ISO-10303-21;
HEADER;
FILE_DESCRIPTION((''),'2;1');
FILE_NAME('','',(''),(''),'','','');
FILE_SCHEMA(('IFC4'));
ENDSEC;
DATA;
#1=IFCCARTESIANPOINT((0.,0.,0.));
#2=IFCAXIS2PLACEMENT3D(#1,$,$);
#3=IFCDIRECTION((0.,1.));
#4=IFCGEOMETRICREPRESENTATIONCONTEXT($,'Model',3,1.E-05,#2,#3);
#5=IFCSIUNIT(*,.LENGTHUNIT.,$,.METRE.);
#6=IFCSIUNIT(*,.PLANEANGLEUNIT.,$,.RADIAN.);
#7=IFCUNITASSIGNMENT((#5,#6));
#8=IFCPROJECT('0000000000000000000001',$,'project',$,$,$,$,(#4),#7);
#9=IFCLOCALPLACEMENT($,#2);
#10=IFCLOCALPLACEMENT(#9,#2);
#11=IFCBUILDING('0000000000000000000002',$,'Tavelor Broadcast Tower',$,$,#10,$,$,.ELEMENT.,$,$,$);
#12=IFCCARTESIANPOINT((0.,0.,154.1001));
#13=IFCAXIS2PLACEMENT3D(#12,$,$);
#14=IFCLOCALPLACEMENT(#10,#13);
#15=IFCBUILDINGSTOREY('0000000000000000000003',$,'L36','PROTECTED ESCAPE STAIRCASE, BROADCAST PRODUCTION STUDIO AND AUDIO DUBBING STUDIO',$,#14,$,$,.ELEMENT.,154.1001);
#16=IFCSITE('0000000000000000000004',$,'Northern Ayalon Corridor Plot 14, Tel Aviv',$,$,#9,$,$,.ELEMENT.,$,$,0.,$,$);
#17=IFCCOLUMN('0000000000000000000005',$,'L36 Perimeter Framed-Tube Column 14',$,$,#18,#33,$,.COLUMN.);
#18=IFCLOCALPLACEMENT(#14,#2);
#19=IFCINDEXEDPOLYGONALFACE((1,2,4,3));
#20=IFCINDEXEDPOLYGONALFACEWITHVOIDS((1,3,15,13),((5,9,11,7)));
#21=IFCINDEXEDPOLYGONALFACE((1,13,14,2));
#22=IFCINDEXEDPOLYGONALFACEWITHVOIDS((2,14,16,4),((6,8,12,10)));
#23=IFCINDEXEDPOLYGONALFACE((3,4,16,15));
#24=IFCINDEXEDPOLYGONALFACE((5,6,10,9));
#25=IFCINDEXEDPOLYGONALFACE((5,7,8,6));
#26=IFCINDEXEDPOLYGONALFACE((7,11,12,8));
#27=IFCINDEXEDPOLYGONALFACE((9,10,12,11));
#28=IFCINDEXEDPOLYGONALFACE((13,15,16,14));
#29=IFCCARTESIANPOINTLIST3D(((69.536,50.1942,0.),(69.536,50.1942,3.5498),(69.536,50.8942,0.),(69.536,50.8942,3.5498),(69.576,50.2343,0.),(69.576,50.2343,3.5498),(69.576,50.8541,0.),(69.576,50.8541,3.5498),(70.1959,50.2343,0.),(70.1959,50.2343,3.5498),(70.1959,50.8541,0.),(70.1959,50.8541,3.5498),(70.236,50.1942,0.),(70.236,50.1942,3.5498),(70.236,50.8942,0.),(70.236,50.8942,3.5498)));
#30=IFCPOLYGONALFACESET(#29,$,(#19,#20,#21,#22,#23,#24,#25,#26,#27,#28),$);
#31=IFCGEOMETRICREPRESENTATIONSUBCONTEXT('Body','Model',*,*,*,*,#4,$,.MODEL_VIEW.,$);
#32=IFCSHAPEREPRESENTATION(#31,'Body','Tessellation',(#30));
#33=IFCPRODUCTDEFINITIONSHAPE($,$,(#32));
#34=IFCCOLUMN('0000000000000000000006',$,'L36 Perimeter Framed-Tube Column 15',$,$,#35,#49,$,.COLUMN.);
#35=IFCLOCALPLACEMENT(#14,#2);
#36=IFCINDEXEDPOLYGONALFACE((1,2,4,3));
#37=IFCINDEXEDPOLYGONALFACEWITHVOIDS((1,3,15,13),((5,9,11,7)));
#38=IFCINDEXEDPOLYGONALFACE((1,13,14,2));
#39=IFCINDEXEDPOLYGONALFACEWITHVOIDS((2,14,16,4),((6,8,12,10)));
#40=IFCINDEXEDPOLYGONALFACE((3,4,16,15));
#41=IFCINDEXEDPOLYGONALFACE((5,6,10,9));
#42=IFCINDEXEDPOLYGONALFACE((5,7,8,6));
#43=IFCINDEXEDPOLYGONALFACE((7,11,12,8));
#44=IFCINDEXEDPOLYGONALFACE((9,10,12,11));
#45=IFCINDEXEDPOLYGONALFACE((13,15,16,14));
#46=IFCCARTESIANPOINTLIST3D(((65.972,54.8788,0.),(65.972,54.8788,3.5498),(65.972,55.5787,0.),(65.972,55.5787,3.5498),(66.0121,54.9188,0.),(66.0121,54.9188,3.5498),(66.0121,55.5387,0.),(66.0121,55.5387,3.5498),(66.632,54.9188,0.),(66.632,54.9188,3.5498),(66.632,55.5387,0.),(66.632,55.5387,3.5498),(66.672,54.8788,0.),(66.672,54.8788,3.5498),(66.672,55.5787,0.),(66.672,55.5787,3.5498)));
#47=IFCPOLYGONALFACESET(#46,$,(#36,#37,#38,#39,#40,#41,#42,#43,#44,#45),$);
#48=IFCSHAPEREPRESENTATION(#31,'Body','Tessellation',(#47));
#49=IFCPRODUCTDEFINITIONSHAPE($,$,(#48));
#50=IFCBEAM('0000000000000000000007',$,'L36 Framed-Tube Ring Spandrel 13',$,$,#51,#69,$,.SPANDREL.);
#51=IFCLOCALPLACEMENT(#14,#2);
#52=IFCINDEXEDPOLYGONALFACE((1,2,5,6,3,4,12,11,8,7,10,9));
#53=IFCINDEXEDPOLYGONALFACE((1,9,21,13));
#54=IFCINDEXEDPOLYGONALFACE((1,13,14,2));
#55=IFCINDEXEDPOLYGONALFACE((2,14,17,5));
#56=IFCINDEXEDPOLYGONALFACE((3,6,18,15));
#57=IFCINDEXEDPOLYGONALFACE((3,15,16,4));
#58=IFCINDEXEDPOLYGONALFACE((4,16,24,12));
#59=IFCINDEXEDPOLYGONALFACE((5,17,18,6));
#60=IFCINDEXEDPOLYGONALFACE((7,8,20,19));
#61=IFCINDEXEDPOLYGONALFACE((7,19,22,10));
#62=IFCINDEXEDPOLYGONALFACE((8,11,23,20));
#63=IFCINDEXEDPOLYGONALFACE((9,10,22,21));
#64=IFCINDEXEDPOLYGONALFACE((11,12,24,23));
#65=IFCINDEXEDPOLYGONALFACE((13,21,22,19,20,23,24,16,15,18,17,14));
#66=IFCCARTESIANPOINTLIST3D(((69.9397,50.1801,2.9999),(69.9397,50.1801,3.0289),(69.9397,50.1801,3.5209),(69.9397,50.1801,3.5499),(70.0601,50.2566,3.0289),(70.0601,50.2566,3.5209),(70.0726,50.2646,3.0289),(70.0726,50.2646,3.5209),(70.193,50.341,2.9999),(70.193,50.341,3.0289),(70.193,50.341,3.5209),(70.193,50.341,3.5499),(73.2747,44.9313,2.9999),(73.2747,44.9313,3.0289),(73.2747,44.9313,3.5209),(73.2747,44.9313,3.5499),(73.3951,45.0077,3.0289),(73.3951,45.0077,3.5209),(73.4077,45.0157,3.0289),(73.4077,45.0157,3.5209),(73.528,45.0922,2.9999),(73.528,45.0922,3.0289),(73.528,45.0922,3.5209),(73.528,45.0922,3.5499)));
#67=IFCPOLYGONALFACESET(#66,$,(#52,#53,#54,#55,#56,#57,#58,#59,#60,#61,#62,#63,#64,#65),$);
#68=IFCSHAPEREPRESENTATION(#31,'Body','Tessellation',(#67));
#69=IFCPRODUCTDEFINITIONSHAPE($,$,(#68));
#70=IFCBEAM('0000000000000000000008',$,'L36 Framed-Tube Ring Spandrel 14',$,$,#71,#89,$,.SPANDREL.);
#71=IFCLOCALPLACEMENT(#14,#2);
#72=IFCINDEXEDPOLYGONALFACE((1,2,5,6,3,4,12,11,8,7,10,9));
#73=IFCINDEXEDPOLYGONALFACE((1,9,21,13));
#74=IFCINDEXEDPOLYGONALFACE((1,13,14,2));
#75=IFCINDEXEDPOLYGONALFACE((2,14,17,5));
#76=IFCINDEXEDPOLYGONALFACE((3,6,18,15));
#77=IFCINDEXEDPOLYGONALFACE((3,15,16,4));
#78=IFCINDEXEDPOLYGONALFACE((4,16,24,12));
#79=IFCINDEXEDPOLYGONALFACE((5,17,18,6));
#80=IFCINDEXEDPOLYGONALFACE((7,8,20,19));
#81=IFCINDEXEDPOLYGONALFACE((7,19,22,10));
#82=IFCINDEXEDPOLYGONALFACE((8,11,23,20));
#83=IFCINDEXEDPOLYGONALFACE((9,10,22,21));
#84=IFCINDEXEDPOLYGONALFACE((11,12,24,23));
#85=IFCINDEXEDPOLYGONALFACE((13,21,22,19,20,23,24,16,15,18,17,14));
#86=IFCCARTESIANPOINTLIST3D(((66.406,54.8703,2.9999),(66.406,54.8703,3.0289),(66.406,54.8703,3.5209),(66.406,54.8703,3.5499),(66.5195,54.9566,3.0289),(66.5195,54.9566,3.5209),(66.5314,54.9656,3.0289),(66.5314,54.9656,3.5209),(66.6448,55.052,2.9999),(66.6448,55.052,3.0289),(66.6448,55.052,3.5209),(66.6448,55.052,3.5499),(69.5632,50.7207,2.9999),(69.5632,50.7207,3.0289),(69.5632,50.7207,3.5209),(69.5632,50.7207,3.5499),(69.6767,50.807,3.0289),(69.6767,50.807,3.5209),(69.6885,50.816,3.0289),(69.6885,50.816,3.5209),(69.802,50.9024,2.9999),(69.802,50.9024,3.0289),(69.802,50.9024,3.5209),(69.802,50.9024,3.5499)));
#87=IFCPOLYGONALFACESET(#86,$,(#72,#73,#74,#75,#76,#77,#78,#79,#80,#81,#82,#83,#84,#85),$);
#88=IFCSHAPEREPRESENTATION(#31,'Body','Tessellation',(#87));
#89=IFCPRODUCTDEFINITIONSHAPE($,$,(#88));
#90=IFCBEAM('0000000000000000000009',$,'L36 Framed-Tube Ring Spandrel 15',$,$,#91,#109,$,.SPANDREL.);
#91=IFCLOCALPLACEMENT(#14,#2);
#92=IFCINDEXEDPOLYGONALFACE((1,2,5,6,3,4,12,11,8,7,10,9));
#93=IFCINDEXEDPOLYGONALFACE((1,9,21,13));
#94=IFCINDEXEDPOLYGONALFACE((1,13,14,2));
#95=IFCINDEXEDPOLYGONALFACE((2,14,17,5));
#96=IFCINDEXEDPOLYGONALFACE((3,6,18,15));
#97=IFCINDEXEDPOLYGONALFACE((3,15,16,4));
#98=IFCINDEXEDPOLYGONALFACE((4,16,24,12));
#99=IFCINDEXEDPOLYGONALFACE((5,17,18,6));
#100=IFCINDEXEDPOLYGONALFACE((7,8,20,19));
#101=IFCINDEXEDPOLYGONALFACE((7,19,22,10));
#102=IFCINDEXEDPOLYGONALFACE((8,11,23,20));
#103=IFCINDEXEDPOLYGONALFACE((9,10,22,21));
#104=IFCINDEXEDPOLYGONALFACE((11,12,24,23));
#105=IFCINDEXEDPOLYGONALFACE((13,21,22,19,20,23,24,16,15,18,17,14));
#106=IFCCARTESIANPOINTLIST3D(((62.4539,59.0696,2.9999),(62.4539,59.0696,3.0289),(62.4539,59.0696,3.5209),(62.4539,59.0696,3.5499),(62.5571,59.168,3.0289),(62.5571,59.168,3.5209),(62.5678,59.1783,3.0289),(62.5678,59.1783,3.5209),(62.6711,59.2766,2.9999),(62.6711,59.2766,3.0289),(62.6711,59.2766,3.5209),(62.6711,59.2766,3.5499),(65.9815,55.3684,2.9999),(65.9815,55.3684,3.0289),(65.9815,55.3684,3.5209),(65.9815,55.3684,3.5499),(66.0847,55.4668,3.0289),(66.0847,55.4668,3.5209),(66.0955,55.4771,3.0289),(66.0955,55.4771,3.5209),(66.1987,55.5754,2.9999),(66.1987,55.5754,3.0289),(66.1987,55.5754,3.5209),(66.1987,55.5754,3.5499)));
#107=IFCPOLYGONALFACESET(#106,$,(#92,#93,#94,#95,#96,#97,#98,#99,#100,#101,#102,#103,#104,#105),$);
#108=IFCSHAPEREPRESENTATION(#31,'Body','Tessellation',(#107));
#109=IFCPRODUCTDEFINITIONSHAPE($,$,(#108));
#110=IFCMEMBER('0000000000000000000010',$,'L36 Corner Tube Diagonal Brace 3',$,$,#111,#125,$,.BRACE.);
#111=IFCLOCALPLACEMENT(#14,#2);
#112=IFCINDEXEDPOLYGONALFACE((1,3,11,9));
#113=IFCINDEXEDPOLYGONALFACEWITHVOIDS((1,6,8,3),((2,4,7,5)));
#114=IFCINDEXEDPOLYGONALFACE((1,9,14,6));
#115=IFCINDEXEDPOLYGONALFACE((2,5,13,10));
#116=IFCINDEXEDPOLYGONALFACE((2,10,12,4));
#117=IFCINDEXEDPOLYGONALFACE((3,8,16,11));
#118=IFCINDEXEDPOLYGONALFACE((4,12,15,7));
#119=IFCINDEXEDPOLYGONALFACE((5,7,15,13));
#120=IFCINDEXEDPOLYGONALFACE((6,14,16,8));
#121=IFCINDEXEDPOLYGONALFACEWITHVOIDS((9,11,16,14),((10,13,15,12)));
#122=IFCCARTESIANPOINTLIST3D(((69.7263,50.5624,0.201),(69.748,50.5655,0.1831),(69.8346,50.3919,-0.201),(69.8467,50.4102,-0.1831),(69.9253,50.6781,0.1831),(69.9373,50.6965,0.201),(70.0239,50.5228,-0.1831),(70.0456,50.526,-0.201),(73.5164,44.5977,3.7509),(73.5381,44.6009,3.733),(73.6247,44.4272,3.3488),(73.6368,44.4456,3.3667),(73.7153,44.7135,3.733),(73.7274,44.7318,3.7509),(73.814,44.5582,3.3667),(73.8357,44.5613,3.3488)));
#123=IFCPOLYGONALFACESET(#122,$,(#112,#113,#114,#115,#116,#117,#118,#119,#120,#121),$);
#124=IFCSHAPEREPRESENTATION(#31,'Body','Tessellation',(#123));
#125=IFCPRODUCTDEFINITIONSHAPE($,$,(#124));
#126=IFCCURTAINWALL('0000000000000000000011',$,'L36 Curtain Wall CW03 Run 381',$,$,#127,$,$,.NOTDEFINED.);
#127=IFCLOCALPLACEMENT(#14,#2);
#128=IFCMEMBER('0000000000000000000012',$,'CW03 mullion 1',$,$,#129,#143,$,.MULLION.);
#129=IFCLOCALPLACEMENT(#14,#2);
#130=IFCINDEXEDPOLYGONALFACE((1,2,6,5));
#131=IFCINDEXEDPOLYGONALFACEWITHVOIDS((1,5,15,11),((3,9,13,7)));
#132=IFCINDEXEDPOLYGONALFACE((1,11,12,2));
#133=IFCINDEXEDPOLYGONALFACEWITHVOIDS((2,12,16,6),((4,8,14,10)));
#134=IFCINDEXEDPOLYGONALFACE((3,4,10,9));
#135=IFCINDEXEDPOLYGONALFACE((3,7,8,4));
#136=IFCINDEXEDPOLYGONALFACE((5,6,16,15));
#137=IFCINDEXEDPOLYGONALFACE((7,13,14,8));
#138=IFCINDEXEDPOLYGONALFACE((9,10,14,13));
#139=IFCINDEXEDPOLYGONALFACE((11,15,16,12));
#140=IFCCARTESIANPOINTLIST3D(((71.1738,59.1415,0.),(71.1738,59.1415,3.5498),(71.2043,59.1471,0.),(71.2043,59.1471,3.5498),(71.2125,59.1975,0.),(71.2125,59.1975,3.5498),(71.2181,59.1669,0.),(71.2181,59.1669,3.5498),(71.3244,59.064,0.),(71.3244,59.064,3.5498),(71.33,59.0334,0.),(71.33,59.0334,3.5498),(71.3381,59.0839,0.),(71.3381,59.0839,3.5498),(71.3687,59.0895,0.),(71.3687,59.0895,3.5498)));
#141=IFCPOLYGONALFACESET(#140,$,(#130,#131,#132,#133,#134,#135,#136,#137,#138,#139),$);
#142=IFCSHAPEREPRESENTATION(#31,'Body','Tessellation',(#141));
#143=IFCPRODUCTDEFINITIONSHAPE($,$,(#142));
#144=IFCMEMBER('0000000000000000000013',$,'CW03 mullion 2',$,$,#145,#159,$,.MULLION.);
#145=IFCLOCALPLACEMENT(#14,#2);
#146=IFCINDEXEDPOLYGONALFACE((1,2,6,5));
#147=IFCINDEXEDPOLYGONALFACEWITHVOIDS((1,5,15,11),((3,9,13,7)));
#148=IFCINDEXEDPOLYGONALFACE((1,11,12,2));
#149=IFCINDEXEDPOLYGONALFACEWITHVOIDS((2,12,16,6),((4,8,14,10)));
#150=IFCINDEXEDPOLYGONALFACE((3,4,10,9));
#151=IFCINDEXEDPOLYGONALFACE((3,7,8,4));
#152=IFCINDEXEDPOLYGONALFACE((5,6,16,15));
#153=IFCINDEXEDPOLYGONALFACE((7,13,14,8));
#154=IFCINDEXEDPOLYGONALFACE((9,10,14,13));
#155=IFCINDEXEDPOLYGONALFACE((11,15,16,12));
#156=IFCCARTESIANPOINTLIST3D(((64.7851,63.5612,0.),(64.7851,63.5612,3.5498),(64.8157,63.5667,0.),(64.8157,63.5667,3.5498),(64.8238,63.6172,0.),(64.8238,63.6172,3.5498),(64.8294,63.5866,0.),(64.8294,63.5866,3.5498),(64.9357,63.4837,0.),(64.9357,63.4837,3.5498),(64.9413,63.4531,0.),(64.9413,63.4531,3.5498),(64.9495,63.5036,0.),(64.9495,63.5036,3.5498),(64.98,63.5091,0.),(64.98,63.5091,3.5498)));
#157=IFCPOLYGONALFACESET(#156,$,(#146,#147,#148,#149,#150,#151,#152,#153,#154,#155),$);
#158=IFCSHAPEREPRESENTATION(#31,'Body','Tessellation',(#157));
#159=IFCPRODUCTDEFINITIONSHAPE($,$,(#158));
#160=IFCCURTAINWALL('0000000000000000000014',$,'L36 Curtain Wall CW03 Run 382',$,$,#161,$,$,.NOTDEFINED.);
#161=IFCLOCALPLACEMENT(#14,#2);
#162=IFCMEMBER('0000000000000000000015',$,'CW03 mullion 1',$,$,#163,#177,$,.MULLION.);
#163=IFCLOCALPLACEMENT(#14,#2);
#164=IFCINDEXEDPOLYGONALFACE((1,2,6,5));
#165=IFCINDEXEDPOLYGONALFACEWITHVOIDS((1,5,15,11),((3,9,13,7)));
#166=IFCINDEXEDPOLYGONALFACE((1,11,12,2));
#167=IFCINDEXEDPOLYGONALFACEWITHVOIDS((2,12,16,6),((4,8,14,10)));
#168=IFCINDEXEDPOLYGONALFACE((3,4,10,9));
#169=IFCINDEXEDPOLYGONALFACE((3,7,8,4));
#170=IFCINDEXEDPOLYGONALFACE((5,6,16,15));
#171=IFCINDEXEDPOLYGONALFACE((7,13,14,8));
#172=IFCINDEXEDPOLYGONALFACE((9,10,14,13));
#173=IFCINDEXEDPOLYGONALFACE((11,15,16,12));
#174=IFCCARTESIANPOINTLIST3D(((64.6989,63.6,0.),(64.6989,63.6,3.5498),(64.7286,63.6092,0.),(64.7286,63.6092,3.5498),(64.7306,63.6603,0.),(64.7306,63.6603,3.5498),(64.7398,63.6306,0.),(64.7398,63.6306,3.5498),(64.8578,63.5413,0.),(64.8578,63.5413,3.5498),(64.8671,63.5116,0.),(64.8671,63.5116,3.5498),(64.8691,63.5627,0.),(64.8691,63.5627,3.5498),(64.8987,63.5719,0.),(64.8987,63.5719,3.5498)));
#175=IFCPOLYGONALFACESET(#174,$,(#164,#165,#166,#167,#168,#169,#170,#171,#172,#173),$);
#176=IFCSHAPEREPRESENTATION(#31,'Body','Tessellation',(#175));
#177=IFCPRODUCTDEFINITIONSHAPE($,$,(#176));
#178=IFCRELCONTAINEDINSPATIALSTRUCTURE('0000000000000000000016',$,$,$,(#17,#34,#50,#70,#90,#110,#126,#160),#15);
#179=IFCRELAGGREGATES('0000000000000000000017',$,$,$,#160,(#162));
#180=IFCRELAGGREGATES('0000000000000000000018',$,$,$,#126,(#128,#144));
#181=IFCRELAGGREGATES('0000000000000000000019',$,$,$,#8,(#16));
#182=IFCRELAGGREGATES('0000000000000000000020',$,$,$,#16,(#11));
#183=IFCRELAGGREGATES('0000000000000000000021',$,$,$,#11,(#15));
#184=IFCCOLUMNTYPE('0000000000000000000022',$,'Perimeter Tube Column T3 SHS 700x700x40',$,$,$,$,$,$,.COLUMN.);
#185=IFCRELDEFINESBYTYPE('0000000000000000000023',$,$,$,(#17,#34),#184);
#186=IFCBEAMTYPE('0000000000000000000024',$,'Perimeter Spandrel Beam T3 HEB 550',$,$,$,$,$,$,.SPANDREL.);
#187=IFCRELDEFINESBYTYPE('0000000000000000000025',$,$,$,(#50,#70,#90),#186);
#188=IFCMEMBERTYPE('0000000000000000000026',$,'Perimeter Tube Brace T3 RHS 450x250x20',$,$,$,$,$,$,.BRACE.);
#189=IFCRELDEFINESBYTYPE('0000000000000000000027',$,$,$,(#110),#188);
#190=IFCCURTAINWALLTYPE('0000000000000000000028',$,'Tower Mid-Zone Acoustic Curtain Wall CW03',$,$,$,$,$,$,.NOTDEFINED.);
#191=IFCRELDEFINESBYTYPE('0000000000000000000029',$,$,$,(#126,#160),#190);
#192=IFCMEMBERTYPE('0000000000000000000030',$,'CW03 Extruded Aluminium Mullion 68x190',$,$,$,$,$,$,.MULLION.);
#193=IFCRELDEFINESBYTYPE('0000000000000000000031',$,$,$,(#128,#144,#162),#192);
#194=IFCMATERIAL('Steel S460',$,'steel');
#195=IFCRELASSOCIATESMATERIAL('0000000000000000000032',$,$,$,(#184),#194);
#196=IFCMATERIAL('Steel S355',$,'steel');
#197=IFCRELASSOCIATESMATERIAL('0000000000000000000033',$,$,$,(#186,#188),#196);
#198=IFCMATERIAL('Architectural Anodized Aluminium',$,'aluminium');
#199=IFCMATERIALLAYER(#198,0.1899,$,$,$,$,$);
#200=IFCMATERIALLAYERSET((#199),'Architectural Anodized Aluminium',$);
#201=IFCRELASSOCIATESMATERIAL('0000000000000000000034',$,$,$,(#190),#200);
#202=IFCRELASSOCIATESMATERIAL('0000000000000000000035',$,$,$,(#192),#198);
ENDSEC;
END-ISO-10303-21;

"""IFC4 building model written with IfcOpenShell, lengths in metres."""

from ifc_helpers import new_model, si_unit, direction, frame, origin, origin_2d, place, context, subcontext, project, spatial, hollow_rectangle, i_section, extrude, source, transform, mapped, material, layer, layer_set, material_profile, profile_set, type_object, type_shapes, element, aggregate, save


model = new_model("IFC4")

# Units and contexts
model_context = context("Model", 3, precision=1e-05, world=origin(), true_north=direction((0.0, 1.0)))
body_context = subcontext(model_context, "Body", "Model", "MODEL_VIEW")
ifc_project = project(units=[si_unit("LENGTHUNIT", "METRE"), si_unit("PLANEANGLEUNIT", "RADIAN")], contexts=[model_context])

# Site, building, storey
site_placement = place(None, origin())
site = spatial("IfcSite", under=ifc_project, at=site_placement, Name="Northern Ayalon Corridor Plot 14, Tel Aviv", CompositionType="ELEMENT", RefElevation=0.0)
building_placement = place(site_placement, origin())
building = spatial("IfcBuilding", under=site, at=building_placement, Name="Tavelor Broadcast Tower", CompositionType="ELEMENT")
storey_placement = place(building_placement, frame((0.0, 0.0, 154.1001)))
storey = spatial("IfcBuildingStorey", under=building, at=storey_placement, Name="L36", Description="PROTECTED ESCAPE STAIRCASE, BROADCAST PRODUCTION STUDIO AND AUDIO DUBBING STUDIO", CompositionType="ELEMENT", Elevation=154.1001)

# Columns
ifc_material_1 = material(Name="Steel S460", Category="steel")
ifc_material_profile_1 = material_profile(ifc_material_1, hollow_rectangle(XDim=0.7, YDim=0.7, WallThickness=0.04, at=origin_2d()), Name="SHS 700x700x40")
ifc_profile_set_1 = profile_set([ifc_material_profile_1], Name="Steel S460")
column_type = type_object("IfcColumnType", Name="Perimeter Tube Column T3 SHS 700x700x40", PredefinedType="COLUMN", material=ifc_profile_set_1)
for number, where, z_axis, x_axis, name in (
    (1, (69.886, 50.5442, 0.0), (0.0, 0.0, 1.0), (1.0, 0.0, 0.0), "L36 Perimeter Framed-Tube Column 14"),
    (2, (66.322, 55.2288, 0.0), (0.0, 0.0, 1.0), (1.0, 0.0, 0.0), "L36 Perimeter Framed-Tube Column 15"),
):
    element("IfcColumn", number, at=place(storey_placement, frame(where, z_axis=z_axis, x_axis=x_axis)), inside=storey, type_object=column_type, Name=name, PredefinedType="COLUMN", context=body_context, shape_type="SweptSolid", body=[
        extrude(hollow_rectangle(XDim=0.7, YDim=0.7, WallThickness=0.04, at=origin_2d()), origin(), (0.0, 0.0, 1.0), 3.5498),
    ])

# Beams
ifc_material_2 = material(Name="Steel S355", Category="steel")
ifc_material_profile_2 = material_profile(ifc_material_2, i_section(OverallWidth=0.3, OverallDepth=0.55, WebThickness=0.0149, FlangeThickness=0.0291, at=origin_2d()), Name="HEB 550")
ifc_profile_set_2 = profile_set([ifc_material_profile_2], Name="Steel S355")
beam_type = type_object("IfcBeamType", Name="Perimeter Spandrel Beam T3 HEB 550", PredefinedType="SPANDREL", material=ifc_profile_set_2)
beam_1_placement = place(storey_placement, frame((73.4014, 45.0117, 3.2749), z_axis=(-0.536283, 0.844038, 0.0), x_axis=(-0.844038, -0.536283, 0.0)))
element("IfcBeam", 3, at=beam_1_placement, inside=storey, type_object=beam_type, Name="L36 Framed-Tube Ring Spandrel 13", PredefinedType="SPANDREL", context=body_context, shape_type="SweptSolid", body=[
    extrude(i_section(OverallWidth=0.3, OverallDepth=0.55, WebThickness=0.0149, FlangeThickness=0.0291, at=origin_2d()), origin(), (0.0, 0.0, 1.0), 6.2188),
])
beam_2_placement = place(storey_placement, frame((69.6826, 50.8115, 3.2749), z_axis=(-0.605507, 0.79584, 0.0), x_axis=(-0.79584, -0.605507, 0.0)))
element("IfcBeam", 4, at=beam_2_placement, inside=storey, type_object=beam_type, Name="L36 Framed-Tube Ring Spandrel 14", PredefinedType="SPANDREL", context=body_context, shape_type="SweptSolid", body=[
    extrude(i_section(OverallWidth=0.3, OverallDepth=0.55, WebThickness=0.0149, FlangeThickness=0.0291, at=origin_2d()), origin(), (0.0, 0.0, 1.0), 5.2141),
])
beam_3_placement = place(storey_placement, frame((66.0901, 55.4719, 3.2749), z_axis=(-0.689928, 0.723878, 0.0), x_axis=(-0.723878, -0.689928, 0.0)))
element("IfcBeam", 5, at=beam_3_placement, inside=storey, type_object=beam_type, Name="L36 Framed-Tube Ring Spandrel 15", PredefinedType="SPANDREL", context=body_context, shape_type="SweptSolid", body=[
    extrude(i_section(OverallWidth=0.3, OverallDepth=0.55, WebThickness=0.0149, FlangeThickness=0.0291, at=origin_2d()), origin(), (0.0, 0.0, 1.0), 5.113),
])

# Member
ifc_material_profile_3 = material_profile(ifc_material_2, hollow_rectangle(XDim=0.25, YDim=0.45, WallThickness=0.02, at=origin_2d()), Name="RHS 450x250x20")
ifc_profile_set_3 = profile_set([ifc_material_profile_3], Name="Steel S355")
member_type_1 = type_object("IfcMemberType", Name="Perimeter Tube Brace T3 RHS 450x250x20", PredefinedType="BRACE", material=ifc_profile_set_3)
member_1_placement = place(storey_placement, frame((69.886, 50.5442, 0.0), z_axis=(0.479245, -0.754216, 0.448868), x_axis=(0.844021, 0.53631, 0.0)))
element("IfcMember", 6, at=member_1_placement, inside=storey, type_object=member_type_1, Name="L36 Corner Tube Diagonal Brace 3", PredefinedType="BRACE", context=body_context, shape_type="SweptSolid", body=[
    extrude(hollow_rectangle(XDim=0.25, YDim=0.45, WallThickness=0.02, at=origin_2d()), origin(), (0.0, 0.0, 1.0), 7.9084),
])

# Curtain walls, members
ifc_material_3 = material(Name="Architectural Anodized Aluminium", Category="aluminium")
ifc_layer_1 = layer(ifc_material_3, 0.1899)
ifc_layer_set_1 = layer_set([ifc_layer_1], Name="Architectural Anodized Aluminium")
curtain_wall_type = type_object("IfcCurtainWallType", Name="Tower Mid-Zone Acoustic Curtain Wall CW03", PredefinedType="NOTDEFINED", material=ifc_layer_set_1)
curtain_wall_1_placement = place(storey_placement, origin())
curtain_wall_1 = element("IfcCurtainWall", 7, at=curtain_wall_1_placement, inside=storey, type_object=curtain_wall_type, Name="L36 Curtain Wall CW03 Run 381", PredefinedType="NOTDEFINED")
ifc_material_profile_4 = material_profile(ifc_material_3, hollow_rectangle(XDim=0.0681, YDim=0.1899, WallThickness=0.022, at=origin_2d()), Name="RHS 68x190x22")
ifc_profile_set_4 = profile_set([ifc_material_profile_4], Name="Architectural Anodized Aluminium")
member_type_2 = type_object("IfcMemberType", Name="CW03 Extruded Aluminium Mullion 68x190", PredefinedType="MULLION", material=ifc_profile_set_4)
shared_shape_1 = source(origin(), body_context, "Body", "SweptSolid", [
    extrude(hollow_rectangle(XDim=0.0681, YDim=0.1899, WallThickness=0.022, at=origin_2d()), origin(), (0.0, 0.0, 1.0), 3.5498),
])
type_shapes(member_type_2, [shared_shape_1])
member_2_placement = place(storey_placement, frame((71.2712, 59.1155, 0.0), z_axis=(0.0, 0.0, 1.0), x_axis=(-0.568921, -0.822392, 0.0)))
member_2 = element("IfcMember", 8, at=member_2_placement, type_object=member_type_2, Name="CW03 mullion 1", PredefinedType="MULLION", context=body_context, shape_type="MappedRepresentation", body=[
    mapped(shared_shape_1, transform((0.0, 0.0, 0.0), scale=1.0)),
])
member_3_placement = place(storey_placement, frame((64.8826, 63.5352, 0.0), z_axis=(0.0, 0.0, 1.0), x_axis=(-0.568921, -0.822392, 0.0)))
member_3 = element("IfcMember", 9, at=member_3_placement, type_object=member_type_2, Name="CW03 mullion 2", PredefinedType="MULLION", context=body_context, shape_type="MappedRepresentation", body=[
    mapped(shared_shape_1, transform((0.0, 0.0, 0.0), scale=1.0)),
])
curtain_wall_2_placement = place(storey_placement, origin())
curtain_wall_2 = element("IfcCurtainWall", 10, at=curtain_wall_2_placement, inside=storey, type_object=curtain_wall_type, Name="L36 Curtain Wall CW03 Run 382", PredefinedType="NOTDEFINED")
member_4_placement = place(storey_placement, frame((64.7988, 63.5859, 0.0), z_axis=(0.0, 0.0, 1.0), x_axis=(-0.465221, -0.885195, 0.0)))
member_4 = element("IfcMember", 11, at=member_4_placement, type_object=member_type_2, Name="CW03 mullion 1", PredefinedType="MULLION", context=body_context, shape_type="MappedRepresentation", body=[
    mapped(shared_shape_1, transform((0.0, 0.0, 0.0), scale=1.0)),
])
aggregate(curtain_wall_2, [member_4])

aggregate(curtain_wall_1, [member_2, member_3])

save(model, "model.ifc")
